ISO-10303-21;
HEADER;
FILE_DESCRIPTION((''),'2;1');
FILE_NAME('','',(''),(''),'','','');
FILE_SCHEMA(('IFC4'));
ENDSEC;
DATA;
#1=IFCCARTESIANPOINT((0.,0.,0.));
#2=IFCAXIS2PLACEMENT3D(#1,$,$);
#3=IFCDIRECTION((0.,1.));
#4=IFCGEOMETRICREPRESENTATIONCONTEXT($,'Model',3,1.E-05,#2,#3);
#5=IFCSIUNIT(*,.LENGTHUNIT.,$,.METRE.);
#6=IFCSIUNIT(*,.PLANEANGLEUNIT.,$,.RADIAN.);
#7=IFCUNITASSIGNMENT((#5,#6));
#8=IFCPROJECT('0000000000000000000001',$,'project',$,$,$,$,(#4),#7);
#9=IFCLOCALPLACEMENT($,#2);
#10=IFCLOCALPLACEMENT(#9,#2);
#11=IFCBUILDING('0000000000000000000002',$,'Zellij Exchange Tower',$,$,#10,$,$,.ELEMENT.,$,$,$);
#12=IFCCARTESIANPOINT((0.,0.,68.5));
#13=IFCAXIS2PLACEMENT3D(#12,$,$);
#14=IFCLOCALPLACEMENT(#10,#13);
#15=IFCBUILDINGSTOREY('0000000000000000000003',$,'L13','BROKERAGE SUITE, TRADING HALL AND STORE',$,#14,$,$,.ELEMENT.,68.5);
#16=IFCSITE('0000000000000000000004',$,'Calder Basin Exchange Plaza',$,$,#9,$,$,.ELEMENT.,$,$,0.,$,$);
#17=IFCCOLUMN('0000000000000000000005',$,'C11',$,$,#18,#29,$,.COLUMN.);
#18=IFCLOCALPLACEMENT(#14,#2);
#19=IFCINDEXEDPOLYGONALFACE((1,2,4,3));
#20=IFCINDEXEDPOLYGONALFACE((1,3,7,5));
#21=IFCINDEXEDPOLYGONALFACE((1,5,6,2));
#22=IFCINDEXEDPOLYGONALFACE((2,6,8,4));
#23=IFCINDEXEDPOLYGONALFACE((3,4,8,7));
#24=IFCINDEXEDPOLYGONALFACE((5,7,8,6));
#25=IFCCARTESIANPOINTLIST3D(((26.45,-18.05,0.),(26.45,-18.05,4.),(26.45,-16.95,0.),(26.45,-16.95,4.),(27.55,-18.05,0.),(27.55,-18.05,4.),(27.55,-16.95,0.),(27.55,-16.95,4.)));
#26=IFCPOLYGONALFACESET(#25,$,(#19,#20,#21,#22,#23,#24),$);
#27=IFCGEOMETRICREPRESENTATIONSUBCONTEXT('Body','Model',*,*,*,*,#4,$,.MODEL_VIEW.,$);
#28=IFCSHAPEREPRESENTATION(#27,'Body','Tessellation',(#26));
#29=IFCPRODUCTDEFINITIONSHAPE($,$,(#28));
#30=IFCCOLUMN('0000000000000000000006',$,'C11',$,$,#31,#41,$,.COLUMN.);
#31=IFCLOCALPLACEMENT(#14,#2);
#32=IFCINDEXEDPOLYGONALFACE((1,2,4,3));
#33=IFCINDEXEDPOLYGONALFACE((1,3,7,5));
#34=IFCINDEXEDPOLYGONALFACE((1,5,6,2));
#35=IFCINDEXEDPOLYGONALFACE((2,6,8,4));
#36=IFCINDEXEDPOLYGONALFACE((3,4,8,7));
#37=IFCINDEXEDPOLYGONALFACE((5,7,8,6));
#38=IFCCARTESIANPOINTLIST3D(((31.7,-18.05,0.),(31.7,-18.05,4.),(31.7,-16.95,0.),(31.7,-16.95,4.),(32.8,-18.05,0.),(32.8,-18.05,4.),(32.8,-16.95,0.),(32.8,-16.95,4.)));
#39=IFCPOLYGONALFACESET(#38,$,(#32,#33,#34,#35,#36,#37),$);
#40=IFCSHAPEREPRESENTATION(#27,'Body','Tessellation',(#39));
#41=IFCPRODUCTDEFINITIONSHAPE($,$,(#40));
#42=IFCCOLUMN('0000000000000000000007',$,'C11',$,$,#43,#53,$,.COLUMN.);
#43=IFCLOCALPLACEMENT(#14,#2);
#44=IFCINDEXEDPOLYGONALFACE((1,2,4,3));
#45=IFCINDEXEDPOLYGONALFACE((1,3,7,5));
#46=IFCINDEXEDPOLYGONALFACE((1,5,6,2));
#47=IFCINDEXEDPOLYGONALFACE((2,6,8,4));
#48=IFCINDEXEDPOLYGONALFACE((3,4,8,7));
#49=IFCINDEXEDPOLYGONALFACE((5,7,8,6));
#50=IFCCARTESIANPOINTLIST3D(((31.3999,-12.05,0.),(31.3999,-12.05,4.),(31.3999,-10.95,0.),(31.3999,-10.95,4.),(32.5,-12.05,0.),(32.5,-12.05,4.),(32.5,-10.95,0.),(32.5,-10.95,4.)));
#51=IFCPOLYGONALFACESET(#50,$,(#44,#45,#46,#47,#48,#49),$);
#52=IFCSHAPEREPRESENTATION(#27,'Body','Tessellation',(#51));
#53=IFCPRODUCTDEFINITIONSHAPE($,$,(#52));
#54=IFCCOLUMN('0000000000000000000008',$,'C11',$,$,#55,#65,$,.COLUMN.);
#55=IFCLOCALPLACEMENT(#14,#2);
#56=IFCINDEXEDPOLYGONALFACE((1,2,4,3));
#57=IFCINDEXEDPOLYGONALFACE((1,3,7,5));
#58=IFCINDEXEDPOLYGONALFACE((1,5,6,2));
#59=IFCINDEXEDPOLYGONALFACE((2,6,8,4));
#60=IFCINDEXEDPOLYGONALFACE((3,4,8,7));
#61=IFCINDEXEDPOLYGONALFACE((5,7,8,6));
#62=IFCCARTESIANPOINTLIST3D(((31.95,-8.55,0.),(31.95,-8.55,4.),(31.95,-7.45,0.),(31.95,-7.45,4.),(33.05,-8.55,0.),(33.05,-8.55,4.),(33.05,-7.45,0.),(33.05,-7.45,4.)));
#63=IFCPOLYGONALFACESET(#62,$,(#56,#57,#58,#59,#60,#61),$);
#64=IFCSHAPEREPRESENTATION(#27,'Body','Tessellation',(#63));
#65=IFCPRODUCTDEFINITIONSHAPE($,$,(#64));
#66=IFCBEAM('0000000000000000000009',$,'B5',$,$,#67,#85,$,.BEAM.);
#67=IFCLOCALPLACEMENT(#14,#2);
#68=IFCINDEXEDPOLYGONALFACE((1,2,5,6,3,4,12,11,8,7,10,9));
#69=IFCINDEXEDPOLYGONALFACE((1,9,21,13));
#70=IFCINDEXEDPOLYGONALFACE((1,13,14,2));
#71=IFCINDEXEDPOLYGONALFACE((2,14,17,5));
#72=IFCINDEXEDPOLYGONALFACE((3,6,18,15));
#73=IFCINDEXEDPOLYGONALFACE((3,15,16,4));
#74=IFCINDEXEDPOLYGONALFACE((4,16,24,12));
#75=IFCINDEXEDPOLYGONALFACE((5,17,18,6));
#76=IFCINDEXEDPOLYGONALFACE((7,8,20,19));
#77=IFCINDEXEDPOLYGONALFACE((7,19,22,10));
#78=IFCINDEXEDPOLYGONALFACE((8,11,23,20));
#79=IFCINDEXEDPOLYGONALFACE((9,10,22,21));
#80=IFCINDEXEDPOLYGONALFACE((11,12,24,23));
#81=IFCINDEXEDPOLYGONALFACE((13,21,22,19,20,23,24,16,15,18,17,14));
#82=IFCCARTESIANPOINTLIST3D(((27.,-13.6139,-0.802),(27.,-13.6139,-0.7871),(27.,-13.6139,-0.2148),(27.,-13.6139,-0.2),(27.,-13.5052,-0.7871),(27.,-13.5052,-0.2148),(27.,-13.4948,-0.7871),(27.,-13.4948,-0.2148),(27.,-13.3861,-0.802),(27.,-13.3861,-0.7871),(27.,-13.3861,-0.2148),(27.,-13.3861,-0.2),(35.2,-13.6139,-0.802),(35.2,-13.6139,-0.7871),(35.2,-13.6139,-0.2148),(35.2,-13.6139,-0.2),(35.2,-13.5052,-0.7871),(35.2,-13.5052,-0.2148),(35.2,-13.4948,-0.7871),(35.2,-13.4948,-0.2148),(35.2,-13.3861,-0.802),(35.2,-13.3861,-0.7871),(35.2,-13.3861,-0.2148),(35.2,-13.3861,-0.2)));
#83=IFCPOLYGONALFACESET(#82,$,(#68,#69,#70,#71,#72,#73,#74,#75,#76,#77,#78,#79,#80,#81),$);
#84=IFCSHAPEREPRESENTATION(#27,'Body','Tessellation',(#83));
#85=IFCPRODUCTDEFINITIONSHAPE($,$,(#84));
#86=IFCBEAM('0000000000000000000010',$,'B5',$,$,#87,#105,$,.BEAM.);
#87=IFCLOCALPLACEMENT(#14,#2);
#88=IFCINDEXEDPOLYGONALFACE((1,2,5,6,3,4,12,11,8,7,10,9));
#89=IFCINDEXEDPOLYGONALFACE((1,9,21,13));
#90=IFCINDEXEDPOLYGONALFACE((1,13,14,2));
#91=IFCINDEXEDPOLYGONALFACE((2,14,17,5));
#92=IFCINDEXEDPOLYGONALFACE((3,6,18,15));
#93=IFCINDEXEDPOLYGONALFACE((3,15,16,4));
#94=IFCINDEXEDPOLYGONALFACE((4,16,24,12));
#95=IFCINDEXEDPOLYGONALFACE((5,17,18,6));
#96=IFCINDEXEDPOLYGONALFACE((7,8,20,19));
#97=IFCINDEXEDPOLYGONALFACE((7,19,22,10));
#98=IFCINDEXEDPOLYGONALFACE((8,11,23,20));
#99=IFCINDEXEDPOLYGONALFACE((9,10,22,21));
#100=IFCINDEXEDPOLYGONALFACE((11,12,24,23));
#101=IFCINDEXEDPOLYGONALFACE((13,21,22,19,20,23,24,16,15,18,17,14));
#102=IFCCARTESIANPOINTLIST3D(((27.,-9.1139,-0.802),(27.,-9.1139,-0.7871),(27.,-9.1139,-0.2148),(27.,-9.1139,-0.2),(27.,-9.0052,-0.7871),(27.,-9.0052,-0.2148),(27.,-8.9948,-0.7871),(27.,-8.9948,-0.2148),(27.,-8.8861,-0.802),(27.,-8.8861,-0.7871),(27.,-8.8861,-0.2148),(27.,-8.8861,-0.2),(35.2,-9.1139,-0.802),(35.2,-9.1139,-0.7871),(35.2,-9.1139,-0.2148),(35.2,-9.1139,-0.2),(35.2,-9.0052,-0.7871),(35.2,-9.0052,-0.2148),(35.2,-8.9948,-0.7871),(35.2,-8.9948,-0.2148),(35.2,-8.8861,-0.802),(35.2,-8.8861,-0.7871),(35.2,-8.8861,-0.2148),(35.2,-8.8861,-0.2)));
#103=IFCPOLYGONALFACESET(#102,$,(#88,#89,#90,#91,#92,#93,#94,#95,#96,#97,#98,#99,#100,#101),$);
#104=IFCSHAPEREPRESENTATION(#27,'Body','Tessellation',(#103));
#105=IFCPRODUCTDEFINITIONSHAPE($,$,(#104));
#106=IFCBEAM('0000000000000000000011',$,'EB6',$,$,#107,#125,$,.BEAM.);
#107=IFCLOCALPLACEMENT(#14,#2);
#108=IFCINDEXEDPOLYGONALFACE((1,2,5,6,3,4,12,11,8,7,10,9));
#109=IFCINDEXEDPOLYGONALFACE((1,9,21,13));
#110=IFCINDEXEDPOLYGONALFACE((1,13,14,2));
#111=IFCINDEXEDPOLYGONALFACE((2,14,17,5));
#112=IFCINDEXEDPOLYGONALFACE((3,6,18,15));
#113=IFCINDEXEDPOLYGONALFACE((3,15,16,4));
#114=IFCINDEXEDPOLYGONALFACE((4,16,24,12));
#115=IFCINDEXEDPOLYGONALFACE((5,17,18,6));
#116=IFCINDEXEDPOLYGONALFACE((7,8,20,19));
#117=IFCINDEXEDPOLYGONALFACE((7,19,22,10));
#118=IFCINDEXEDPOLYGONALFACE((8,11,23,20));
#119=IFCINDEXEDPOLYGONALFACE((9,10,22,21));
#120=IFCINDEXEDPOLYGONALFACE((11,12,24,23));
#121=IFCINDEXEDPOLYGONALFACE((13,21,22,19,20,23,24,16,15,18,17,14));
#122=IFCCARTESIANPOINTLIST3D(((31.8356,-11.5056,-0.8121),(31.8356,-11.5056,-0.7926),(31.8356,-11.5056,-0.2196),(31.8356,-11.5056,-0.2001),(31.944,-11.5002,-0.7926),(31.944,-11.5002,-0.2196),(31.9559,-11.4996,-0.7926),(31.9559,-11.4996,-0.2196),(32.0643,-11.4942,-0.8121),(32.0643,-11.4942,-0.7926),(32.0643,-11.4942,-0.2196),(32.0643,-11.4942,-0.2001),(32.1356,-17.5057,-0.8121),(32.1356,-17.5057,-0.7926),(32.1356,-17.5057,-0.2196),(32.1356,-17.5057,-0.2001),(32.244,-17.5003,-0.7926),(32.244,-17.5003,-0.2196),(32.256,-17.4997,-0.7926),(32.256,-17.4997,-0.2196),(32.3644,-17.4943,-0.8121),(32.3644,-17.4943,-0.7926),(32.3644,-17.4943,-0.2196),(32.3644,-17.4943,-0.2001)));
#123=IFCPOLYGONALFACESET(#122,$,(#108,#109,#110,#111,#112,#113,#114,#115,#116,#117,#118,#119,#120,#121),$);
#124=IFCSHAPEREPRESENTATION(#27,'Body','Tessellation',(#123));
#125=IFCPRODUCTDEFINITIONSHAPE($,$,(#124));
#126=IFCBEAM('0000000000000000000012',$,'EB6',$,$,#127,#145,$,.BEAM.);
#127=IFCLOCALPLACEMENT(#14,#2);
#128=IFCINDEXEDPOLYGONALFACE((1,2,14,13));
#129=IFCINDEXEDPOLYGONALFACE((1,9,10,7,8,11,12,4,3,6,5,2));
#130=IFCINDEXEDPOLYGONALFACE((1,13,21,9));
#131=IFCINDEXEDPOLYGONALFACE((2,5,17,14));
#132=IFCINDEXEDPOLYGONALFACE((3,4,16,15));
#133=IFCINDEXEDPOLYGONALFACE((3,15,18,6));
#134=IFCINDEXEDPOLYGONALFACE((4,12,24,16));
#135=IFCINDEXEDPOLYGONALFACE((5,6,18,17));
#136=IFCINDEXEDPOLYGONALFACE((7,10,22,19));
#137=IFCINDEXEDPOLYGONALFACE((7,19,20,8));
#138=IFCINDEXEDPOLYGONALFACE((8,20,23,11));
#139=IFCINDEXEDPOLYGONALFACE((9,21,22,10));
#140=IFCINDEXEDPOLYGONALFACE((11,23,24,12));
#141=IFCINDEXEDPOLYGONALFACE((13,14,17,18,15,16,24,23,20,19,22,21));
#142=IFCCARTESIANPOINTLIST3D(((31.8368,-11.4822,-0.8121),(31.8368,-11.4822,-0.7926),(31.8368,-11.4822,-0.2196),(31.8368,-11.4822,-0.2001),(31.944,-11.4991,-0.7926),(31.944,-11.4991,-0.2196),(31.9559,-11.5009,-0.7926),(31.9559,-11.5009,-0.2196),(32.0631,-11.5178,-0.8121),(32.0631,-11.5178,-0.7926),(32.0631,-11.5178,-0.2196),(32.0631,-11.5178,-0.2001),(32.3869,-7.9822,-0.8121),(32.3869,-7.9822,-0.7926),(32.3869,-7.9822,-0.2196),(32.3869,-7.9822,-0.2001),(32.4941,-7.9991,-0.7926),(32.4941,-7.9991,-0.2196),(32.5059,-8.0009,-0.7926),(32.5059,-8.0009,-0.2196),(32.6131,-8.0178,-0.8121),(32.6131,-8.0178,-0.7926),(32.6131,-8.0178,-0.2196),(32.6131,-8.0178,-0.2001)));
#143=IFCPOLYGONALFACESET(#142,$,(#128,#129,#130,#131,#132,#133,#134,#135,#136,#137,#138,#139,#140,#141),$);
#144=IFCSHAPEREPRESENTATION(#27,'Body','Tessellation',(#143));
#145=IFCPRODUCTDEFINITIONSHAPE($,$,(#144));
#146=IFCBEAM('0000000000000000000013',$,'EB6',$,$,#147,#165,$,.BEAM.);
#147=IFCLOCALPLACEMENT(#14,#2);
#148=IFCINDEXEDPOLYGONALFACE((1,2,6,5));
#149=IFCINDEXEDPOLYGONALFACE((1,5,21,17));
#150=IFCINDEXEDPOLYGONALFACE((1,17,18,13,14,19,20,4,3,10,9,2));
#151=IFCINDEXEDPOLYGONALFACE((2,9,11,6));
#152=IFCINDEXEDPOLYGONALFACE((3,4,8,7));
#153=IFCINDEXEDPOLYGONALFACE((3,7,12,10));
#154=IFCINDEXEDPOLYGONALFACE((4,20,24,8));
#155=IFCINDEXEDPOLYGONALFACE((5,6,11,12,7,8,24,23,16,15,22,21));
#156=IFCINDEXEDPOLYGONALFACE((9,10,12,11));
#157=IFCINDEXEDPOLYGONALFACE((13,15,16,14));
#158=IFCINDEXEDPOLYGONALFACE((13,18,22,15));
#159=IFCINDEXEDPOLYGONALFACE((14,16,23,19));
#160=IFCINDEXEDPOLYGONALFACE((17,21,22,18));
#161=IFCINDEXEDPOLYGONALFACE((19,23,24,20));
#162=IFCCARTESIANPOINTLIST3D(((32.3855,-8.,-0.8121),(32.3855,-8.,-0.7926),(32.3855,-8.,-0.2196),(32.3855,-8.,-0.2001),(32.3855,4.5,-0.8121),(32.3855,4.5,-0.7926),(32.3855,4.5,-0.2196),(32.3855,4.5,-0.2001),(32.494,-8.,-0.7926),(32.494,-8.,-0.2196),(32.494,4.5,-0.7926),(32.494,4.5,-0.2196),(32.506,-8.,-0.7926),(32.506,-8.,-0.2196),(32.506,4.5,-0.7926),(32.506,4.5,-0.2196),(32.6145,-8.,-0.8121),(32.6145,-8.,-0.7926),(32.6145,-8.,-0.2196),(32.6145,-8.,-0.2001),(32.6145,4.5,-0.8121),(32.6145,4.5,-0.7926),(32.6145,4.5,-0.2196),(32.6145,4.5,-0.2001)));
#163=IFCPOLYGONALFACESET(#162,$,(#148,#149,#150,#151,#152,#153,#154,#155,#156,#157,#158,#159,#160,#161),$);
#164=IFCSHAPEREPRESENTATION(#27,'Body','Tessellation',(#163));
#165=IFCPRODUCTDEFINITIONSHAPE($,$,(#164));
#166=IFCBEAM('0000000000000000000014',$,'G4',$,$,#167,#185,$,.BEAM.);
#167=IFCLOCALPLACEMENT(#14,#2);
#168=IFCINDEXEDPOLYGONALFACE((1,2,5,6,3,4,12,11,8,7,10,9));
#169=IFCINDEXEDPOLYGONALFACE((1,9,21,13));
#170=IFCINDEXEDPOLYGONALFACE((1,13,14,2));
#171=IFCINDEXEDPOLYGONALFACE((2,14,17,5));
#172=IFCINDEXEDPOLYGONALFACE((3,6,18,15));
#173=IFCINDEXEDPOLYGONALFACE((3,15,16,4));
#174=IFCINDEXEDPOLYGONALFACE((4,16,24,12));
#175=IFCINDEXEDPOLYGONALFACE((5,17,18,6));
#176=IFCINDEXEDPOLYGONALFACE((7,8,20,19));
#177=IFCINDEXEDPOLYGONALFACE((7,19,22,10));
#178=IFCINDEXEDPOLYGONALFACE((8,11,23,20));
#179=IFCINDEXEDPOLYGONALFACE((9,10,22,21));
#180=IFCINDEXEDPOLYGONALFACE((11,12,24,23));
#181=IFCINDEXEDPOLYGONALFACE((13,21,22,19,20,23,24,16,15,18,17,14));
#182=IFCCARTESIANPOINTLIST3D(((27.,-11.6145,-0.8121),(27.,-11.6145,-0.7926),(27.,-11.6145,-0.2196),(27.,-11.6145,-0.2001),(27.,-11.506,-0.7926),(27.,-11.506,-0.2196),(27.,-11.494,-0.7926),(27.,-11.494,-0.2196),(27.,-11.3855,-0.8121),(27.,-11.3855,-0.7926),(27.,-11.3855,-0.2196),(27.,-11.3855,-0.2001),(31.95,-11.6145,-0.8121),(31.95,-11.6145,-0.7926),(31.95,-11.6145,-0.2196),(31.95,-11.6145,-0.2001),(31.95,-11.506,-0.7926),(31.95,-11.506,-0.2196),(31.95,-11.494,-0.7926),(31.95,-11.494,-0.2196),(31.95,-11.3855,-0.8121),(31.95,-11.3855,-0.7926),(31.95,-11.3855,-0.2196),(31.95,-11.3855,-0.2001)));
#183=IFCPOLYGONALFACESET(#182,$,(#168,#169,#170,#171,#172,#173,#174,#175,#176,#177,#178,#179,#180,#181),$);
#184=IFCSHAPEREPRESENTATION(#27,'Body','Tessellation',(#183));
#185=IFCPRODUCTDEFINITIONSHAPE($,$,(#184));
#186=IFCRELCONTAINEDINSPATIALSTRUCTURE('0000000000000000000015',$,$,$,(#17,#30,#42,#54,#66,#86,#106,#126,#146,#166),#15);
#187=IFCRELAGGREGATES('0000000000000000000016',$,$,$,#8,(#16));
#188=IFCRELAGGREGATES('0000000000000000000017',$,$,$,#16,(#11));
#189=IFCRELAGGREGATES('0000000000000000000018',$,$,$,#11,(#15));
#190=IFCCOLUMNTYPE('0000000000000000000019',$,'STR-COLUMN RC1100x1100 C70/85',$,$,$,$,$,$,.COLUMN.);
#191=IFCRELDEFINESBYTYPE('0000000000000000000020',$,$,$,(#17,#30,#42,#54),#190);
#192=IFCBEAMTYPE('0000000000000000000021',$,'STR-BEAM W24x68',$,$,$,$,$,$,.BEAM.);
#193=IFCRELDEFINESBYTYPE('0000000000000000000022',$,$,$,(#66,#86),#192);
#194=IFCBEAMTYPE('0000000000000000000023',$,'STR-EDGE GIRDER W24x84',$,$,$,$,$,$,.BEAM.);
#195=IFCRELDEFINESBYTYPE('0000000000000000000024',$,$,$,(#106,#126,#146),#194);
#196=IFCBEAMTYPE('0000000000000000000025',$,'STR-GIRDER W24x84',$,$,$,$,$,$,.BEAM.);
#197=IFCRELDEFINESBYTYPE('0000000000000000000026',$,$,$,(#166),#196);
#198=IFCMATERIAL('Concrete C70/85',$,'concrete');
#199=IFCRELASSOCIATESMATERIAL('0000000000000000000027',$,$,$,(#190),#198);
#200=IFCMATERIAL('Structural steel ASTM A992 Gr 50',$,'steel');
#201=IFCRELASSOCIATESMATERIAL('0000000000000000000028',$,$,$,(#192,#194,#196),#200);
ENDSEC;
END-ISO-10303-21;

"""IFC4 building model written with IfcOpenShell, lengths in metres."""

from ifc_helpers import new_model, si_unit, direction, frame, origin, origin_2d, place, context, subcontext, project, spatial, rectangle, i_section, extrude, material, material_profile, profile_set, type_object, element, save


model = new_model("IFC4")

# Units and contexts
model_context = context("Model", 3, precision=1e-05, world=origin(), true_north=direction((0.0, 1.0)))
body_context = subcontext(model_context, "Body", "Model", "MODEL_VIEW")
ifc_project = project(units=[si_unit("LENGTHUNIT", "METRE"), si_unit("PLANEANGLEUNIT", "RADIAN")], contexts=[model_context])

# Site, building, storey
site_placement = place(None, origin())
site = spatial("IfcSite", under=ifc_project, at=site_placement, Name="Calder Basin Exchange Plaza", CompositionType="ELEMENT", RefElevation=0.0)
building_placement = place(site_placement, origin())
building = spatial("IfcBuilding", under=site, at=building_placement, Name="Zellij Exchange Tower", CompositionType="ELEMENT")
storey_placement = place(building_placement, frame((0.0, 0.0, 68.5)))
storey = spatial("IfcBuildingStorey", under=building, at=storey_placement, Name="L13", Description="BROKERAGE SUITE, TRADING HALL AND STORE", CompositionType="ELEMENT", Elevation=68.5)

# Columns
ifc_material_1 = material(Name="Concrete C70/85", Category="concrete")
ifc_material_profile_1 = material_profile(ifc_material_1, rectangle(XDim=1.1001, YDim=1.1001, at=origin_2d()), Name="STR-COLUMN RC1100x1100 C70/85")
ifc_profile_set_1 = profile_set([ifc_material_profile_1], Name="Concrete C70/85")
column_type = type_object("IfcColumnType", Name="STR-COLUMN RC1100x1100 C70/85", PredefinedType="COLUMN", material=ifc_profile_set_1)
for number, where, z_axis, x_axis, name in (
    (1, (27.0, -17.5, 0.0), (0.0, 0.0, 1.0), (1.0, 0.0, 0.0), "C11"),
    (2, (32.25, -17.5, 0.0), (0.0, 0.0, 1.0), (1.0, 0.0, 0.0), "C11"),
    (3, (31.95, -11.5, 0.0), (0.0, 0.0, 1.0), (1.0, 0.0, 0.0), "C11"),
    (4, (32.5, -8.0, 0.0), (0.0, 0.0, 1.0), (1.0, 0.0, 0.0), "C11"),
):
    element("IfcColumn", number, at=place(storey_placement, frame(where, z_axis=z_axis, x_axis=x_axis)), inside=storey, type_object=column_type, Name=name, PredefinedType="COLUMN", context=body_context, shape_type="SweptSolid", body=[
        extrude(rectangle(XDim=1.1001, YDim=1.1001, at=origin_2d()), origin(), (0.0, 0.0, 1.0), 4.0),
    ])

# Beams
ifc_material_2 = material(Name="Structural steel ASTM A992 Gr 50", Category="steel")
ifc_material_profile_2 = material_profile(ifc_material_2, i_section(OverallWidth=0.2278, OverallDepth=0.6021, WebThickness=0.0105, FlangeThickness=0.0149, at=origin_2d()), Name="W24x68")
ifc_profile_set_2 = profile_set([ifc_material_profile_2], Name="Structural steel ASTM A992 Gr 50")
beam_type_1 = type_object("IfcBeamType", Name="STR-BEAM W24x68", PredefinedType="BEAM", material=ifc_profile_set_2)
for number, where, z_axis, x_axis, name in (
    (5, (27.0, -13.5, -0.501), (1.0, 0.0, 0.0), (0.0, 1.0, 0.0), "B5"),
    (6, (27.0, -9.0, -0.501), (1.0, 0.0, 0.0), (0.0, 1.0, 0.0), "B5"),
):
    element("IfcBeam", number, at=place(storey_placement, frame(where, z_axis=z_axis, x_axis=x_axis)), inside=storey, type_object=beam_type_1, Name=name, PredefinedType="BEAM", context=body_context, shape_type="SweptSolid", body=[
        extrude(i_section(OverallWidth=0.2278, OverallDepth=0.6021, WebThickness=0.0105, FlangeThickness=0.0149, at=origin_2d()), origin(), (0.0, 0.0, 1.0), 8.2),
    ])
ifc_material_profile_3 = material_profile(ifc_material_2, i_section(OverallWidth=0.229, OverallDepth=0.6121, WebThickness=0.012, FlangeThickness=0.0195, at=origin_2d()), Name="W24x84")
ifc_profile_set_3 = profile_set([ifc_material_profile_3], Name="Structural steel ASTM A992 Gr 50")
beam_type_2 = type_object("IfcBeamType", Name="STR-EDGE GIRDER W24x84", PredefinedType="BEAM", material=ifc_profile_set_3)
beam_1_placement = place(storey_placement, frame((32.25, -17.5, -0.5061), z_axis=(-0.049946, 0.998752, 0.0), x_axis=(-0.998752, -0.049946, 0.0)))
element("IfcBeam", 7, at=beam_1_placement, inside=storey, type_object=beam_type_2, Name="EB6", PredefinedType="BEAM", context=body_context, shape_type="SweptSolid", body=[
    extrude(i_section(OverallWidth=0.229, OverallDepth=0.6121, WebThickness=0.012, FlangeThickness=0.0195, at=origin_2d()), origin(), (0.0, 0.0, 1.0), 6.0076),
])
beam_2_placement = place(storey_placement, frame((31.95, -11.5, -0.5061), z_axis=(0.155251, 0.987875, 0.0), x_axis=(-0.987875, 0.155251, 0.0)))
element("IfcBeam", 8, at=beam_2_placement, inside=storey, type_object=beam_type_2, Name="EB6", PredefinedType="BEAM", context=body_context, shape_type="SweptSolid", body=[
    extrude(i_section(OverallWidth=0.229, OverallDepth=0.6121, WebThickness=0.012, FlangeThickness=0.0195, at=origin_2d()), origin(), (0.0, 0.0, 1.0), 3.543),
])
beam_3_placement = place(storey_placement, frame((32.5, -8.0, -0.5061), z_axis=(0.0, 1.0, 0.0), x_axis=(-1.0, 0.0, 0.0)))
element("IfcBeam", 9, at=beam_3_placement, inside=storey, type_object=beam_type_2, Name="EB6", PredefinedType="BEAM", context=body_context, shape_type="SweptSolid", body=[
    extrude(i_section(OverallWidth=0.229, OverallDepth=0.6121, WebThickness=0.012, FlangeThickness=0.0195, at=origin_2d()), origin(), (0.0, 0.0, 1.0), 12.5),
])
ifc_material_profile_4 = material_profile(ifc_material_2, i_section(OverallWidth=0.229, OverallDepth=0.6121, WebThickness=0.012, FlangeThickness=0.0195, at=origin_2d()), Name="W24x84")
ifc_profile_set_4 = profile_set([ifc_material_profile_4], Name="Structural steel ASTM A992 Gr 50")
beam_type_3 = type_object("IfcBeamType", Name="STR-GIRDER W24x84", PredefinedType="BEAM", material=ifc_profile_set_4)
beam_4_placement = place(storey_placement, frame((27.0, -11.5, -0.5061), z_axis=(1.0, 0.0, 0.0), x_axis=(0.0, 1.0, 0.0)))
element("IfcBeam", 10, at=beam_4_placement, inside=storey, type_object=beam_type_3, Name="G4", PredefinedType="BEAM", context=body_context, shape_type="SweptSolid", body=[
    extrude(i_section(OverallWidth=0.229, OverallDepth=0.6121, WebThickness=0.012, FlangeThickness=0.0195, at=origin_2d()), origin(), (0.0, 0.0, 1.0), 4.95),
])

save(model, "model.ifc")
